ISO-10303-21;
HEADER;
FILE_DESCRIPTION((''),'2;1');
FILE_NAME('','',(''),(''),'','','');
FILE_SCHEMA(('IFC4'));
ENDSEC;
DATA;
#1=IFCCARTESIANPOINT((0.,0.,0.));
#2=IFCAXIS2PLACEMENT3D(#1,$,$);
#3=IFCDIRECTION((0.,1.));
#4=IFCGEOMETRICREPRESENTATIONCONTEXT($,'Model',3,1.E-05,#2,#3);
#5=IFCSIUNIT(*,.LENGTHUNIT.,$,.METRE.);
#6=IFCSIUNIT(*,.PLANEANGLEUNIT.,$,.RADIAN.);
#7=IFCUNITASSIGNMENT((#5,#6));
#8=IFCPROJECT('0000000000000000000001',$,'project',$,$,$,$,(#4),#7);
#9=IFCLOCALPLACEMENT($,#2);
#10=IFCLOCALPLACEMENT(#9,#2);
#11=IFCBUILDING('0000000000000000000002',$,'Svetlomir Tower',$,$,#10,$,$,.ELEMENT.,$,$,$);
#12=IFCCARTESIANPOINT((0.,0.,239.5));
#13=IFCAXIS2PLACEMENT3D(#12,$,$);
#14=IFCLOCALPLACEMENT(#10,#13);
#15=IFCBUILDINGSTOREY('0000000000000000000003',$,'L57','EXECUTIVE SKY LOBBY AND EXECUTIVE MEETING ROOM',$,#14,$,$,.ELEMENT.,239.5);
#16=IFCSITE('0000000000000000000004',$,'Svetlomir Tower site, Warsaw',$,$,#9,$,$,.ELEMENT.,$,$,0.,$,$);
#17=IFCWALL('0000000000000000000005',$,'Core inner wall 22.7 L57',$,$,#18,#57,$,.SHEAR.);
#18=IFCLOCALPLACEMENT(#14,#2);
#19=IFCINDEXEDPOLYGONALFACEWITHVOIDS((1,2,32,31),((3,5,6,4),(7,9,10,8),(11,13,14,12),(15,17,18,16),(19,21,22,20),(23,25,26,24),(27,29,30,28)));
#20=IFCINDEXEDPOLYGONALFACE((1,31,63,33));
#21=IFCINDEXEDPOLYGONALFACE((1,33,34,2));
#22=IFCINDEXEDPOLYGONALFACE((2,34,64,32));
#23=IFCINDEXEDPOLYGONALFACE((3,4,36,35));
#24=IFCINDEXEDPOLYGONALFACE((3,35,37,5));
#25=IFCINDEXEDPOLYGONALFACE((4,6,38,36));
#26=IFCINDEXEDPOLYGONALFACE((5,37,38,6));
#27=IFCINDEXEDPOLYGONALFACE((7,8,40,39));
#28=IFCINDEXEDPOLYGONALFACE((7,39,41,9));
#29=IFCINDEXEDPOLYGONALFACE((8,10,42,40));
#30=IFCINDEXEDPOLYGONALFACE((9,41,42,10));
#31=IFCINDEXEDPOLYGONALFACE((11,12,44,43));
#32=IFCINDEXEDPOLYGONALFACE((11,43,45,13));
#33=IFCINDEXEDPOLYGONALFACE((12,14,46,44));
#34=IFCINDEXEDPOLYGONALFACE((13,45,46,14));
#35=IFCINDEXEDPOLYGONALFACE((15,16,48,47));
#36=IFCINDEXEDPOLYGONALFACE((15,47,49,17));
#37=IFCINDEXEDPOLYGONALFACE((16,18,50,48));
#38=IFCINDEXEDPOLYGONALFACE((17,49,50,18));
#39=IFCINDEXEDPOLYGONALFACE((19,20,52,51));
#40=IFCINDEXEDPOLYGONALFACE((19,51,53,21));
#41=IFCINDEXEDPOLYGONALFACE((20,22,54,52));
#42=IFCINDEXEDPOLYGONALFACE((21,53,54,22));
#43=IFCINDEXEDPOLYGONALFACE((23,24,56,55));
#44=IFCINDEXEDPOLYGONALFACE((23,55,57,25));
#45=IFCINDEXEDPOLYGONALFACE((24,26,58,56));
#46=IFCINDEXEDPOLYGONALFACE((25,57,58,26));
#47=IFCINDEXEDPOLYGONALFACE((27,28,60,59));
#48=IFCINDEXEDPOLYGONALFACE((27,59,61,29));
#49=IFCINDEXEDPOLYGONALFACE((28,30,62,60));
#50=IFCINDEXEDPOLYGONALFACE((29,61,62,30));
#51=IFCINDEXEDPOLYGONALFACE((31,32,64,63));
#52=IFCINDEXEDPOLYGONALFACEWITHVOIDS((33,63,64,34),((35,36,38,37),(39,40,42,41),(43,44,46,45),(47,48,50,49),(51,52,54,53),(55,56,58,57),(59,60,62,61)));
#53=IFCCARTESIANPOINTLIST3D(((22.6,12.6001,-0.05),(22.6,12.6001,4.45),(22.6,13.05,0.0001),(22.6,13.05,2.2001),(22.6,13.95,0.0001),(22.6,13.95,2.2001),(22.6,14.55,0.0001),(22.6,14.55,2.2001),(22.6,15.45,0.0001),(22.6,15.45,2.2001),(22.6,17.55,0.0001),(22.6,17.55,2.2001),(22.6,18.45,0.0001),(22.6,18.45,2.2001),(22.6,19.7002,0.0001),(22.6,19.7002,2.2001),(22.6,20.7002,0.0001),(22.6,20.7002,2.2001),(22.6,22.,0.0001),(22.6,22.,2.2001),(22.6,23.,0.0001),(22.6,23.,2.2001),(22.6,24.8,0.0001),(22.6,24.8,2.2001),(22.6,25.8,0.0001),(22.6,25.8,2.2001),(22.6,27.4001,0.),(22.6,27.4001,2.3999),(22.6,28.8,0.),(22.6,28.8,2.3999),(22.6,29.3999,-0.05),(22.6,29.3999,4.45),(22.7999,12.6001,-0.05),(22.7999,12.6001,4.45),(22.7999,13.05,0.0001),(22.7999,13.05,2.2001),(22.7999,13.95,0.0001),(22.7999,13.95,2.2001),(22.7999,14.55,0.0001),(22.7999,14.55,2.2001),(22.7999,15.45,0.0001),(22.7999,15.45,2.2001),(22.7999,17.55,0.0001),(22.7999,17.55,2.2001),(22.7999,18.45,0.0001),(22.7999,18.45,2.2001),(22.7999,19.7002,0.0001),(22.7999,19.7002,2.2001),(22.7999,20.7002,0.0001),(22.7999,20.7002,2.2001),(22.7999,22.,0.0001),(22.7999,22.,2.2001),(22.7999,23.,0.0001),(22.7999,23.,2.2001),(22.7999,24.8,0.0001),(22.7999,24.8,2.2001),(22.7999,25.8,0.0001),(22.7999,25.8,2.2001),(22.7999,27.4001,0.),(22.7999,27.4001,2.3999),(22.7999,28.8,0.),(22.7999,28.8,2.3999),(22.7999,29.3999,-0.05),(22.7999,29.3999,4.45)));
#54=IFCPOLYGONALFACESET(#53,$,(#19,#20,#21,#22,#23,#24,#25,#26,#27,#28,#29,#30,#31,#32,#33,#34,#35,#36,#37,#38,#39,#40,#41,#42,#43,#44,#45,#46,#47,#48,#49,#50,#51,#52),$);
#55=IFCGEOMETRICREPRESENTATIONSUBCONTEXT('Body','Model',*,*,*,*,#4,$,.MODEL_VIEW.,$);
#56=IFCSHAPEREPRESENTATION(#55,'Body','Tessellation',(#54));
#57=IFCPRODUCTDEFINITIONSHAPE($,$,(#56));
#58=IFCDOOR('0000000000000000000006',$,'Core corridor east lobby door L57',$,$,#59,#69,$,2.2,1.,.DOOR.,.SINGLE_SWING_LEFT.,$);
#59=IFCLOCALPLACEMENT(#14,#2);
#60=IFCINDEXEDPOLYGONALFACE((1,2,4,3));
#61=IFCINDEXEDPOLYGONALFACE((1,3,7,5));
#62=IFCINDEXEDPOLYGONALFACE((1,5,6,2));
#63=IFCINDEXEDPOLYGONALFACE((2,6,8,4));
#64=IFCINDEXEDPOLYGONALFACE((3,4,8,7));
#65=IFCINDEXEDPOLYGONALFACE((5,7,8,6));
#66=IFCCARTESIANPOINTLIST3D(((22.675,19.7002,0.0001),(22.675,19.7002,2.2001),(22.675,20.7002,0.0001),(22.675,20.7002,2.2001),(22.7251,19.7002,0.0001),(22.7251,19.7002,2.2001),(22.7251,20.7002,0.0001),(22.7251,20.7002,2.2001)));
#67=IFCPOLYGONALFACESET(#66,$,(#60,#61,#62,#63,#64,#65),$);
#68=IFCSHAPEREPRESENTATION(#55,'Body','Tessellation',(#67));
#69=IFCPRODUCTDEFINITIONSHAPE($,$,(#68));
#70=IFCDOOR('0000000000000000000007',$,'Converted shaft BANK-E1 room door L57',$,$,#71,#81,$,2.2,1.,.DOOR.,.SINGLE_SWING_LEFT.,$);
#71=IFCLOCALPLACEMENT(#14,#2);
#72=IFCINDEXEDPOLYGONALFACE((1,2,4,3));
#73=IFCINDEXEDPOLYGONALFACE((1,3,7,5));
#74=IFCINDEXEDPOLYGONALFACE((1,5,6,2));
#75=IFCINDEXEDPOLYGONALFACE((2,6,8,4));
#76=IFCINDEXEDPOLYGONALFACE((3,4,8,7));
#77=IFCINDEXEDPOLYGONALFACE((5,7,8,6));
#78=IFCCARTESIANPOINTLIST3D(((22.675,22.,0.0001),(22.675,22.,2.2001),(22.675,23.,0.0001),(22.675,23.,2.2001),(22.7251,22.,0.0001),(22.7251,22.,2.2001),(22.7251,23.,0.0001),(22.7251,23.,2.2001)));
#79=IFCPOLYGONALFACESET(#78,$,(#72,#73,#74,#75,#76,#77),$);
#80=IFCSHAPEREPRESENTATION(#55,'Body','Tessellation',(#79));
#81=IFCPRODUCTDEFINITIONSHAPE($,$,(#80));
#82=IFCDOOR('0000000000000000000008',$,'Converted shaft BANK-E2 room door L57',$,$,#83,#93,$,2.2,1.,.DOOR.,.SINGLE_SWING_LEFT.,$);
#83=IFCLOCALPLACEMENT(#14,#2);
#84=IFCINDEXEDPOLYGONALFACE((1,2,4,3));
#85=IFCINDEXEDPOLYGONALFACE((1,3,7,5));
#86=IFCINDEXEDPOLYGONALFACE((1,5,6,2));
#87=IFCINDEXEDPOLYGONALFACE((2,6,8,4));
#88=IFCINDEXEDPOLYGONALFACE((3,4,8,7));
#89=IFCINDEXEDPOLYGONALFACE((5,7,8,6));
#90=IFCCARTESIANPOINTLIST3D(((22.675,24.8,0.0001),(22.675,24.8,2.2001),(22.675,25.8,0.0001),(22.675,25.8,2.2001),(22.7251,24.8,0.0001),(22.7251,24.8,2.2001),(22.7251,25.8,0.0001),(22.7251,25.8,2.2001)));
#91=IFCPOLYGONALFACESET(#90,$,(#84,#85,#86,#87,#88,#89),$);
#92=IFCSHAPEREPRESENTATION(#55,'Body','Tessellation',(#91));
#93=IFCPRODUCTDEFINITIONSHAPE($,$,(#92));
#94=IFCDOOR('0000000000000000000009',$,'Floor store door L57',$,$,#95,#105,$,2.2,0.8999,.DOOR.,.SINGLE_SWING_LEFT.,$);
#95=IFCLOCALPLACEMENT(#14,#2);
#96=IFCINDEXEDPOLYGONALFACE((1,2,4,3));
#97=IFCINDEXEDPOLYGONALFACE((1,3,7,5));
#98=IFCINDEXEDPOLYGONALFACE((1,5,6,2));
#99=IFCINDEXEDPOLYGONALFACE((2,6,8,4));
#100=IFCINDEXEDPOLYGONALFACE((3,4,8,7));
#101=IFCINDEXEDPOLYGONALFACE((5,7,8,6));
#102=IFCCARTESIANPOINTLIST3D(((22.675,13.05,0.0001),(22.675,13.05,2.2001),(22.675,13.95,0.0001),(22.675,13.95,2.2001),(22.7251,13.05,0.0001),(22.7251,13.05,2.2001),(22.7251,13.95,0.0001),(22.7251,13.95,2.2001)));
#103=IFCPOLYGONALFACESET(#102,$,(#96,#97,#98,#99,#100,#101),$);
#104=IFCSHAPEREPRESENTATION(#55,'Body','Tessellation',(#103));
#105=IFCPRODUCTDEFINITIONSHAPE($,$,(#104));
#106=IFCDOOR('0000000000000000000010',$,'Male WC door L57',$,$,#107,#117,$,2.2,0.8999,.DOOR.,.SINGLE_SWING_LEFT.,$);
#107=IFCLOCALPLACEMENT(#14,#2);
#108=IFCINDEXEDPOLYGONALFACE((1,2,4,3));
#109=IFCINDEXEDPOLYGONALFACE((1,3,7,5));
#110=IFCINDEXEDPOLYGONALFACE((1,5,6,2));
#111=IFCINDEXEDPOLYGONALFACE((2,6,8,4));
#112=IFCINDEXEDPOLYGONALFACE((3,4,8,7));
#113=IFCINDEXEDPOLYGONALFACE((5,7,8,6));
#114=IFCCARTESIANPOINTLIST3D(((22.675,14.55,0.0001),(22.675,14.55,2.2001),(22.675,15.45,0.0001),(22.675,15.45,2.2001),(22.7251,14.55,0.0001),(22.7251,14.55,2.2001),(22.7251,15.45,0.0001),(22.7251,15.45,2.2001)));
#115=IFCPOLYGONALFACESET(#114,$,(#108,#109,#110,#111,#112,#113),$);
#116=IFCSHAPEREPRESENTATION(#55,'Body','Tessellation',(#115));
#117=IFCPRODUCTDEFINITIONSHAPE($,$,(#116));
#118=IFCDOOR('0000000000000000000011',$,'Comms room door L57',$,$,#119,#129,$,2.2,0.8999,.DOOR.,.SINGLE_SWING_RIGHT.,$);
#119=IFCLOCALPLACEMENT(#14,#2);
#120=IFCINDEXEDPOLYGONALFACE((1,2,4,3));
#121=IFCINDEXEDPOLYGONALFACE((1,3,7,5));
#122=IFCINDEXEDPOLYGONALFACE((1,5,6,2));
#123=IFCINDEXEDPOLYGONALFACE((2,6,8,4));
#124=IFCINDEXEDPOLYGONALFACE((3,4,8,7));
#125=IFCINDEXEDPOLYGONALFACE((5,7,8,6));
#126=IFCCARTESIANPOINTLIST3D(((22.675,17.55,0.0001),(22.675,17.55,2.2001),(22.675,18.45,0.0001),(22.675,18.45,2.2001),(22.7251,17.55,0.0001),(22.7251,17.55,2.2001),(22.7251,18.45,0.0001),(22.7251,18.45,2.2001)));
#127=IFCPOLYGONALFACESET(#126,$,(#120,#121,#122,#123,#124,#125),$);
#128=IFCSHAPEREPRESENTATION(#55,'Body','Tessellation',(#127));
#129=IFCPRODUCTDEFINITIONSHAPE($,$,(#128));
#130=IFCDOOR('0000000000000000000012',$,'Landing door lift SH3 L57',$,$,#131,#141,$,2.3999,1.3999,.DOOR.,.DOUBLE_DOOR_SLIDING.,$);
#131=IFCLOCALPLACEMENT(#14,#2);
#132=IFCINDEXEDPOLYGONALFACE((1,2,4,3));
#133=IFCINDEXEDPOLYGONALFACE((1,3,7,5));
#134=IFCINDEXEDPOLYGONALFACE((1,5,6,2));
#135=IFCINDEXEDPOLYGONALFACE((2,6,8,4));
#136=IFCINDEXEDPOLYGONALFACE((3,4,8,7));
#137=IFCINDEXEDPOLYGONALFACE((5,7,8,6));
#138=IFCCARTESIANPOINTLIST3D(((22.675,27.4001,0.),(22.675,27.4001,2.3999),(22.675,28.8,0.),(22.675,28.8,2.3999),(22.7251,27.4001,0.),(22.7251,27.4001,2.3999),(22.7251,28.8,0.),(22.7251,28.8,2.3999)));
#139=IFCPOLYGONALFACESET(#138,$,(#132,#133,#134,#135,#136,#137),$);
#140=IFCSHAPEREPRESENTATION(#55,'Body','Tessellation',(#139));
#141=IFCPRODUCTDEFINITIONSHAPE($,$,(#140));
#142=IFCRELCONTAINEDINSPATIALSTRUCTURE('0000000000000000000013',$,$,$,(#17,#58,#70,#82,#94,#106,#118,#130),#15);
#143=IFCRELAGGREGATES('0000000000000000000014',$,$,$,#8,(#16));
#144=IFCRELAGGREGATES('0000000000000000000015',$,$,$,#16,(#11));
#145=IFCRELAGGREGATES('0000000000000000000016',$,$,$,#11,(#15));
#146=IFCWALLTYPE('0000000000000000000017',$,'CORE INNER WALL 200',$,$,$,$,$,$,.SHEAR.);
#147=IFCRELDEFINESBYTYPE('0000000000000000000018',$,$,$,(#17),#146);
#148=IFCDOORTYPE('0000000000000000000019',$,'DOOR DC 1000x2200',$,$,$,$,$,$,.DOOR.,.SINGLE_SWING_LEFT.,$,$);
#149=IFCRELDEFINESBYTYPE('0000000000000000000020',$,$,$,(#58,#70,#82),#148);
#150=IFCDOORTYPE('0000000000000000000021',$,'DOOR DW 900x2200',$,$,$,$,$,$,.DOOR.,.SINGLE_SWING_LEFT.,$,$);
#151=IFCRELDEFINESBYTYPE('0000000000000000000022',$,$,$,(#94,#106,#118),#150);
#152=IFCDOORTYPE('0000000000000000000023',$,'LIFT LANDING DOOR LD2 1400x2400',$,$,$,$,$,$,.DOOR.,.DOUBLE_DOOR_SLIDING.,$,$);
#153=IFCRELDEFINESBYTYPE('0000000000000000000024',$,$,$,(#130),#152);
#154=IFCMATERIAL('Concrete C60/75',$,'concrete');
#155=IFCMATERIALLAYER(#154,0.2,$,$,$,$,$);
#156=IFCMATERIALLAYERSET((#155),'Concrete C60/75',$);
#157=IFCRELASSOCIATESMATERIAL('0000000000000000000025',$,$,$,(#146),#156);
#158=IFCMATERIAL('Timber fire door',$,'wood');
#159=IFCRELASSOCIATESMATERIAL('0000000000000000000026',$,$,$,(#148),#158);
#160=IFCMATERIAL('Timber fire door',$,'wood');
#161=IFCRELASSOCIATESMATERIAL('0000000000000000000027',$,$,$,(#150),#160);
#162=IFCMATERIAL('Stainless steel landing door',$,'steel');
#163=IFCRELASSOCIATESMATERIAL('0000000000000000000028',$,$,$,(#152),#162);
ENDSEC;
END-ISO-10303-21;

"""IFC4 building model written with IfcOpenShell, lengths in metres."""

from ifc_helpers import new_model, si_unit, direction, frame, frame_2d, origin, place, context, subcontext, project, spatial, rectangle, extrude, material, layer, layer_set, type_object, element, fill, save


model = new_model("IFC4")

# Units and contexts
model_context = context("Model", 3, precision=1e-05, world=origin(), true_north=direction((0.0, 1.0)))
body_context = subcontext(model_context, "Body", "Model", "MODEL_VIEW")
ifc_project = project(units=[si_unit("LENGTHUNIT", "METRE"), si_unit("PLANEANGLEUNIT", "RADIAN")], contexts=[model_context])

# Site, building, storey
site_placement = place(None, origin())
site = spatial("IfcSite", under=ifc_project, at=site_placement, Name="Svetlomir Tower site, Warsaw", CompositionType="ELEMENT", RefElevation=0.0)
building_placement = place(site_placement, origin())
building = spatial("IfcBuilding", under=site, at=building_placement, Name="Svetlomir Tower", CompositionType="ELEMENT")
storey_placement = place(building_placement, frame((0.0, 0.0, 239.5)))
storey = spatial("IfcBuildingStorey", under=building, at=storey_placement, Name="L57", Description="EXECUTIVE SKY LOBBY AND EXECUTIVE MEETING ROOM", CompositionType="ELEMENT", Elevation=239.5)

# Wall, openings, doors
ifc_material_1 = material(Name="Concrete C60/75", Category="concrete")
ifc_layer_1 = layer(ifc_material_1, 0.2)
ifc_layer_set_1 = layer_set([ifc_layer_1], Name="Concrete C60/75")
wall_type_1 = type_object("IfcWallType", Name="CORE INNER WALL 200", PredefinedType="SHEAR", material=ifc_layer_set_1)
wall_1_placement = place(storey_placement, frame((22.7, 12.6001, -0.05), z_axis=(0.0, 0.0, 1.0), x_axis=(0.0, 1.0, 0.0)))
wall_1 = element("IfcWall", 1, at=wall_1_placement, inside=storey, type_object=wall_type_1, Name="Core inner wall 22.7 L57", PredefinedType="SHEAR", context=body_context, shape_type="SweptSolid", body=[
    extrude(rectangle(XDim=16.7998, YDim=0.2, at=frame_2d((8.3999, 0.0))), origin(), (0.0, 0.0, 1.0), 4.5),
])
opening_1_placement = place(wall_1_placement, frame((0.45, 0.0, 0.05)))
opening_1 = element("IfcOpeningElement", 2, at=opening_1_placement, cuts=wall_1, PredefinedType="OPENING", context=body_context, shape_type="SweptSolid", body=[
    extrude(rectangle(XDim=0.8999, YDim=2.2, at=frame_2d((0.45, 1.1001))), frame((0.0, 0.1099, 0.0), z_axis=(0.0, -1.0, 0.0), x_axis=(1.0, 0.0, 0.0)), (0.0, 0.0, 1.0), 0.22),
])
opening_2_placement = place(wall_1_placement, frame((7.1001, 0.0, 0.05)))
opening_2 = element("IfcOpeningElement", 3, at=opening_2_placement, cuts=wall_1, PredefinedType="OPENING", context=body_context, shape_type="SweptSolid", body=[
    extrude(rectangle(XDim=1.0, YDim=2.2, at=frame_2d((0.5, 1.1001))), frame((0.0, 0.1099, 0.0), z_axis=(0.0, -1.0, 0.0), x_axis=(1.0, 0.0, 0.0)), (0.0, 0.0, 1.0), 0.22),
])
opening_3_placement = place(wall_1_placement, frame((1.95, 0.0, 0.05)))
opening_3 = element("IfcOpeningElement", 4, at=opening_3_placement, cuts=wall_1, PredefinedType="OPENING", context=body_context, shape_type="SweptSolid", body=[
    extrude(rectangle(XDim=0.8999, YDim=2.2, at=frame_2d((0.45, 1.1001))), frame((0.0, 0.1099, 0.0), z_axis=(0.0, -1.0, 0.0), x_axis=(1.0, 0.0, 0.0)), (0.0, 0.0, 1.0), 0.22),
])
opening_4_placement = place(wall_1_placement, frame((4.95, 0.0, 0.05)))
opening_4 = element("IfcOpeningElement", 5, at=opening_4_placement, cuts=wall_1, PredefinedType="OPENING", context=body_context, shape_type="SweptSolid", body=[
    extrude(rectangle(XDim=0.8999, YDim=2.2, at=frame_2d((0.45, 1.1001))), frame((0.0, 0.1099, 0.0), z_axis=(0.0, -1.0, 0.0), x_axis=(1.0, 0.0, 0.0)), (0.0, 0.0, 1.0), 0.22),
])
opening_5_placement = place(wall_1_placement, frame((9.3999, 0.0, 0.05)))
opening_5 = element("IfcOpeningElement", 6, at=opening_5_placement, cuts=wall_1, PredefinedType="OPENING", context=body_context, shape_type="SweptSolid", body=[
    extrude(rectangle(XDim=1.0, YDim=2.2, at=frame_2d((0.5, 1.1001))), frame((0.0, 0.1099, 0.0), z_axis=(0.0, -1.0, 0.0), x_axis=(1.0, 0.0, 0.0)), (0.0, 0.0, 1.0), 0.22),
])
opening_6_placement = place(wall_1_placement, frame((12.2, 0.0, 0.05)))
opening_6 = element("IfcOpeningElement", 7, at=opening_6_placement, cuts=wall_1, PredefinedType="OPENING", context=body_context, shape_type="SweptSolid", body=[
    extrude(rectangle(XDim=1.0, YDim=2.2, at=frame_2d((0.5, 1.1001))), frame((0.0, 0.1099, 0.0), z_axis=(0.0, -1.0, 0.0), x_axis=(1.0, 0.0, 0.0)), (0.0, 0.0, 1.0), 0.22),
])
opening_7_placement = place(wall_1_placement, frame((14.8, 0.0, 0.05)))
opening_7 = element("IfcOpeningElement", 8, at=opening_7_placement, cuts=wall_1, PredefinedType="OPENING", context=body_context, shape_type="SweptSolid", body=[
    extrude(rectangle(XDim=1.3999, YDim=2.3999, at=frame_2d((0.7, 1.2))), frame((0.0, 0.1099, 0.0), z_axis=(0.0, -1.0, 0.0), x_axis=(1.0, 0.0, 0.0)), (0.0, 0.0, 1.0), 0.22),
])
ifc_material_2 = material(Name="Timber fire door", Category="wood")
door_type_1 = type_object("IfcDoorType", Name="DOOR DC 1000x2200", OperationType="SINGLE_SWING_LEFT", PredefinedType="DOOR", material=ifc_material_2)
door_1_placement = place(opening_2_placement, origin())
door_1 = element("IfcDoor", 9, at=door_1_placement, inside=storey, type_object=door_type_1, Name="Core corridor east lobby door L57", OperationType="SINGLE_SWING_LEFT", OverallHeight=2.2, OverallWidth=1.0, PredefinedType="DOOR", context=body_context, shape_type="SweptSolid", body=[
    extrude(rectangle(XDim=1.0, YDim=2.2, at=frame_2d((0.5, 1.1001))), frame((0.0, 0.0249, 0.0), z_axis=(0.0, -1.0, 0.0), x_axis=(1.0, 0.0, 0.0)), (0.0, 0.0, 1.0), 0.05),
])
fill(opening_2, door_1)
door_2_placement = place(opening_5_placement, origin())
door_2 = element("IfcDoor", 10, at=door_2_placement, inside=storey, type_object=door_type_1, Name="Converted shaft BANK-E1 room door L57", OperationType="SINGLE_SWING_LEFT", OverallHeight=2.2, OverallWidth=1.0, PredefinedType="DOOR", context=body_context, shape_type="SweptSolid", body=[
    extrude(rectangle(XDim=1.0, YDim=2.2, at=frame_2d((0.5, 1.1001))), frame((0.0, 0.0249, 0.0), z_axis=(0.0, -1.0, 0.0), x_axis=(1.0, 0.0, 0.0)), (0.0, 0.0, 1.0), 0.05),
])
fill(opening_5, door_2)
door_3_placement = place(opening_6_placement, origin())
door_3 = element("IfcDoor", 11, at=door_3_placement, inside=storey, type_object=door_type_1, Name="Converted shaft BANK-E2 room door L57", OperationType="SINGLE_SWING_LEFT", OverallHeight=2.2, OverallWidth=1.0, PredefinedType="DOOR", context=body_context, shape_type="SweptSolid", body=[
    extrude(rectangle(XDim=1.0, YDim=2.2, at=frame_2d((0.5, 1.1001))), frame((0.0, 0.0249, 0.0), z_axis=(0.0, -1.0, 0.0), x_axis=(1.0, 0.0, 0.0)), (0.0, 0.0, 1.0), 0.05),
])
fill(opening_6, door_3)
ifc_material_3 = material(Name="Timber fire door", Category="wood")
door_type_2 = type_object("IfcDoorType", Name="DOOR DW 900x2200", OperationType="SINGLE_SWING_LEFT", PredefinedType="DOOR", material=ifc_material_3)
door_4_placement = place(opening_1_placement, origin())
door_4 = element("IfcDoor", 12, at=door_4_placement, inside=storey, type_object=door_type_2, Name="Floor store door L57", OperationType="SINGLE_SWING_LEFT", OverallHeight=2.2, OverallWidth=0.8999, PredefinedType="DOOR", context=body_context, shape_type="SweptSolid", body=[
    extrude(rectangle(XDim=0.8999, YDim=2.2, at=frame_2d((0.45, 1.1001))), frame((0.0, 0.0249, 0.0), z_axis=(0.0, -1.0, 0.0), x_axis=(1.0, 0.0, 0.0)), (0.0, 0.0, 1.0), 0.05),
])
fill(opening_1, door_4)
door_5_placement = place(opening_3_placement, origin())
door_5 = element("IfcDoor", 13, at=door_5_placement, inside=storey, type_object=door_type_2, Name="Male WC door L57", OperationType="SINGLE_SWING_LEFT", OverallHeight=2.2, OverallWidth=0.8999, PredefinedType="DOOR", context=body_context, shape_type="SweptSolid", body=[
    extrude(rectangle(XDim=0.8999, YDim=2.2, at=frame_2d((0.45, 1.1001))), frame((0.0, 0.0249, 0.0), z_axis=(0.0, -1.0, 0.0), x_axis=(1.0, 0.0, 0.0)), (0.0, 0.0, 1.0), 0.05),
])
fill(opening_3, door_5)
door_6_placement = place(opening_4_placement, origin())
door_6 = element("IfcDoor", 14, at=door_6_placement, inside=storey, type_object=door_type_2, Name="Comms room door L57", OperationType="SINGLE_SWING_RIGHT", OverallHeight=2.2, OverallWidth=0.8999, PredefinedType="DOOR", context=body_context, shape_type="SweptSolid", body=[
    extrude(rectangle(XDim=0.8999, YDim=2.2, at=frame_2d((0.45, 1.1001))), frame((0.0, 0.0249, 0.0), z_axis=(0.0, -1.0, 0.0), x_axis=(1.0, 0.0, 0.0)), (0.0, 0.0, 1.0), 0.05),
])
fill(opening_4, door_6)
ifc_material_4 = material(Name="Stainless steel landing door", Category="steel")
door_type_3 = type_object("IfcDoorType", Name="LIFT LANDING DOOR LD2 1400x2400", OperationType="DOUBLE_DOOR_SLIDING", PredefinedType="DOOR", material=ifc_material_4)
door_7_placement = place(opening_7_placement, origin())
door_7 = element("IfcDoor", 15, at=door_7_placement, inside=storey, type_object=door_type_3, Name="Landing door lift SH3 L57", OperationType="DOUBLE_DOOR_SLIDING", OverallHeight=2.3999, OverallWidth=1.3999, PredefinedType="DOOR", context=body_context, shape_type="SweptSolid", body=[
    extrude(rectangle(XDim=1.3999, YDim=2.3999, at=frame_2d((0.7, 1.2))), frame((0.0, 0.0249, 0.0), z_axis=(0.0, -1.0, 0.0), x_axis=(1.0, 0.0, 0.0)), (0.0, 0.0, 1.0), 0.05),
])
fill(opening_7, door_7)

save(model, "model.ifc")
